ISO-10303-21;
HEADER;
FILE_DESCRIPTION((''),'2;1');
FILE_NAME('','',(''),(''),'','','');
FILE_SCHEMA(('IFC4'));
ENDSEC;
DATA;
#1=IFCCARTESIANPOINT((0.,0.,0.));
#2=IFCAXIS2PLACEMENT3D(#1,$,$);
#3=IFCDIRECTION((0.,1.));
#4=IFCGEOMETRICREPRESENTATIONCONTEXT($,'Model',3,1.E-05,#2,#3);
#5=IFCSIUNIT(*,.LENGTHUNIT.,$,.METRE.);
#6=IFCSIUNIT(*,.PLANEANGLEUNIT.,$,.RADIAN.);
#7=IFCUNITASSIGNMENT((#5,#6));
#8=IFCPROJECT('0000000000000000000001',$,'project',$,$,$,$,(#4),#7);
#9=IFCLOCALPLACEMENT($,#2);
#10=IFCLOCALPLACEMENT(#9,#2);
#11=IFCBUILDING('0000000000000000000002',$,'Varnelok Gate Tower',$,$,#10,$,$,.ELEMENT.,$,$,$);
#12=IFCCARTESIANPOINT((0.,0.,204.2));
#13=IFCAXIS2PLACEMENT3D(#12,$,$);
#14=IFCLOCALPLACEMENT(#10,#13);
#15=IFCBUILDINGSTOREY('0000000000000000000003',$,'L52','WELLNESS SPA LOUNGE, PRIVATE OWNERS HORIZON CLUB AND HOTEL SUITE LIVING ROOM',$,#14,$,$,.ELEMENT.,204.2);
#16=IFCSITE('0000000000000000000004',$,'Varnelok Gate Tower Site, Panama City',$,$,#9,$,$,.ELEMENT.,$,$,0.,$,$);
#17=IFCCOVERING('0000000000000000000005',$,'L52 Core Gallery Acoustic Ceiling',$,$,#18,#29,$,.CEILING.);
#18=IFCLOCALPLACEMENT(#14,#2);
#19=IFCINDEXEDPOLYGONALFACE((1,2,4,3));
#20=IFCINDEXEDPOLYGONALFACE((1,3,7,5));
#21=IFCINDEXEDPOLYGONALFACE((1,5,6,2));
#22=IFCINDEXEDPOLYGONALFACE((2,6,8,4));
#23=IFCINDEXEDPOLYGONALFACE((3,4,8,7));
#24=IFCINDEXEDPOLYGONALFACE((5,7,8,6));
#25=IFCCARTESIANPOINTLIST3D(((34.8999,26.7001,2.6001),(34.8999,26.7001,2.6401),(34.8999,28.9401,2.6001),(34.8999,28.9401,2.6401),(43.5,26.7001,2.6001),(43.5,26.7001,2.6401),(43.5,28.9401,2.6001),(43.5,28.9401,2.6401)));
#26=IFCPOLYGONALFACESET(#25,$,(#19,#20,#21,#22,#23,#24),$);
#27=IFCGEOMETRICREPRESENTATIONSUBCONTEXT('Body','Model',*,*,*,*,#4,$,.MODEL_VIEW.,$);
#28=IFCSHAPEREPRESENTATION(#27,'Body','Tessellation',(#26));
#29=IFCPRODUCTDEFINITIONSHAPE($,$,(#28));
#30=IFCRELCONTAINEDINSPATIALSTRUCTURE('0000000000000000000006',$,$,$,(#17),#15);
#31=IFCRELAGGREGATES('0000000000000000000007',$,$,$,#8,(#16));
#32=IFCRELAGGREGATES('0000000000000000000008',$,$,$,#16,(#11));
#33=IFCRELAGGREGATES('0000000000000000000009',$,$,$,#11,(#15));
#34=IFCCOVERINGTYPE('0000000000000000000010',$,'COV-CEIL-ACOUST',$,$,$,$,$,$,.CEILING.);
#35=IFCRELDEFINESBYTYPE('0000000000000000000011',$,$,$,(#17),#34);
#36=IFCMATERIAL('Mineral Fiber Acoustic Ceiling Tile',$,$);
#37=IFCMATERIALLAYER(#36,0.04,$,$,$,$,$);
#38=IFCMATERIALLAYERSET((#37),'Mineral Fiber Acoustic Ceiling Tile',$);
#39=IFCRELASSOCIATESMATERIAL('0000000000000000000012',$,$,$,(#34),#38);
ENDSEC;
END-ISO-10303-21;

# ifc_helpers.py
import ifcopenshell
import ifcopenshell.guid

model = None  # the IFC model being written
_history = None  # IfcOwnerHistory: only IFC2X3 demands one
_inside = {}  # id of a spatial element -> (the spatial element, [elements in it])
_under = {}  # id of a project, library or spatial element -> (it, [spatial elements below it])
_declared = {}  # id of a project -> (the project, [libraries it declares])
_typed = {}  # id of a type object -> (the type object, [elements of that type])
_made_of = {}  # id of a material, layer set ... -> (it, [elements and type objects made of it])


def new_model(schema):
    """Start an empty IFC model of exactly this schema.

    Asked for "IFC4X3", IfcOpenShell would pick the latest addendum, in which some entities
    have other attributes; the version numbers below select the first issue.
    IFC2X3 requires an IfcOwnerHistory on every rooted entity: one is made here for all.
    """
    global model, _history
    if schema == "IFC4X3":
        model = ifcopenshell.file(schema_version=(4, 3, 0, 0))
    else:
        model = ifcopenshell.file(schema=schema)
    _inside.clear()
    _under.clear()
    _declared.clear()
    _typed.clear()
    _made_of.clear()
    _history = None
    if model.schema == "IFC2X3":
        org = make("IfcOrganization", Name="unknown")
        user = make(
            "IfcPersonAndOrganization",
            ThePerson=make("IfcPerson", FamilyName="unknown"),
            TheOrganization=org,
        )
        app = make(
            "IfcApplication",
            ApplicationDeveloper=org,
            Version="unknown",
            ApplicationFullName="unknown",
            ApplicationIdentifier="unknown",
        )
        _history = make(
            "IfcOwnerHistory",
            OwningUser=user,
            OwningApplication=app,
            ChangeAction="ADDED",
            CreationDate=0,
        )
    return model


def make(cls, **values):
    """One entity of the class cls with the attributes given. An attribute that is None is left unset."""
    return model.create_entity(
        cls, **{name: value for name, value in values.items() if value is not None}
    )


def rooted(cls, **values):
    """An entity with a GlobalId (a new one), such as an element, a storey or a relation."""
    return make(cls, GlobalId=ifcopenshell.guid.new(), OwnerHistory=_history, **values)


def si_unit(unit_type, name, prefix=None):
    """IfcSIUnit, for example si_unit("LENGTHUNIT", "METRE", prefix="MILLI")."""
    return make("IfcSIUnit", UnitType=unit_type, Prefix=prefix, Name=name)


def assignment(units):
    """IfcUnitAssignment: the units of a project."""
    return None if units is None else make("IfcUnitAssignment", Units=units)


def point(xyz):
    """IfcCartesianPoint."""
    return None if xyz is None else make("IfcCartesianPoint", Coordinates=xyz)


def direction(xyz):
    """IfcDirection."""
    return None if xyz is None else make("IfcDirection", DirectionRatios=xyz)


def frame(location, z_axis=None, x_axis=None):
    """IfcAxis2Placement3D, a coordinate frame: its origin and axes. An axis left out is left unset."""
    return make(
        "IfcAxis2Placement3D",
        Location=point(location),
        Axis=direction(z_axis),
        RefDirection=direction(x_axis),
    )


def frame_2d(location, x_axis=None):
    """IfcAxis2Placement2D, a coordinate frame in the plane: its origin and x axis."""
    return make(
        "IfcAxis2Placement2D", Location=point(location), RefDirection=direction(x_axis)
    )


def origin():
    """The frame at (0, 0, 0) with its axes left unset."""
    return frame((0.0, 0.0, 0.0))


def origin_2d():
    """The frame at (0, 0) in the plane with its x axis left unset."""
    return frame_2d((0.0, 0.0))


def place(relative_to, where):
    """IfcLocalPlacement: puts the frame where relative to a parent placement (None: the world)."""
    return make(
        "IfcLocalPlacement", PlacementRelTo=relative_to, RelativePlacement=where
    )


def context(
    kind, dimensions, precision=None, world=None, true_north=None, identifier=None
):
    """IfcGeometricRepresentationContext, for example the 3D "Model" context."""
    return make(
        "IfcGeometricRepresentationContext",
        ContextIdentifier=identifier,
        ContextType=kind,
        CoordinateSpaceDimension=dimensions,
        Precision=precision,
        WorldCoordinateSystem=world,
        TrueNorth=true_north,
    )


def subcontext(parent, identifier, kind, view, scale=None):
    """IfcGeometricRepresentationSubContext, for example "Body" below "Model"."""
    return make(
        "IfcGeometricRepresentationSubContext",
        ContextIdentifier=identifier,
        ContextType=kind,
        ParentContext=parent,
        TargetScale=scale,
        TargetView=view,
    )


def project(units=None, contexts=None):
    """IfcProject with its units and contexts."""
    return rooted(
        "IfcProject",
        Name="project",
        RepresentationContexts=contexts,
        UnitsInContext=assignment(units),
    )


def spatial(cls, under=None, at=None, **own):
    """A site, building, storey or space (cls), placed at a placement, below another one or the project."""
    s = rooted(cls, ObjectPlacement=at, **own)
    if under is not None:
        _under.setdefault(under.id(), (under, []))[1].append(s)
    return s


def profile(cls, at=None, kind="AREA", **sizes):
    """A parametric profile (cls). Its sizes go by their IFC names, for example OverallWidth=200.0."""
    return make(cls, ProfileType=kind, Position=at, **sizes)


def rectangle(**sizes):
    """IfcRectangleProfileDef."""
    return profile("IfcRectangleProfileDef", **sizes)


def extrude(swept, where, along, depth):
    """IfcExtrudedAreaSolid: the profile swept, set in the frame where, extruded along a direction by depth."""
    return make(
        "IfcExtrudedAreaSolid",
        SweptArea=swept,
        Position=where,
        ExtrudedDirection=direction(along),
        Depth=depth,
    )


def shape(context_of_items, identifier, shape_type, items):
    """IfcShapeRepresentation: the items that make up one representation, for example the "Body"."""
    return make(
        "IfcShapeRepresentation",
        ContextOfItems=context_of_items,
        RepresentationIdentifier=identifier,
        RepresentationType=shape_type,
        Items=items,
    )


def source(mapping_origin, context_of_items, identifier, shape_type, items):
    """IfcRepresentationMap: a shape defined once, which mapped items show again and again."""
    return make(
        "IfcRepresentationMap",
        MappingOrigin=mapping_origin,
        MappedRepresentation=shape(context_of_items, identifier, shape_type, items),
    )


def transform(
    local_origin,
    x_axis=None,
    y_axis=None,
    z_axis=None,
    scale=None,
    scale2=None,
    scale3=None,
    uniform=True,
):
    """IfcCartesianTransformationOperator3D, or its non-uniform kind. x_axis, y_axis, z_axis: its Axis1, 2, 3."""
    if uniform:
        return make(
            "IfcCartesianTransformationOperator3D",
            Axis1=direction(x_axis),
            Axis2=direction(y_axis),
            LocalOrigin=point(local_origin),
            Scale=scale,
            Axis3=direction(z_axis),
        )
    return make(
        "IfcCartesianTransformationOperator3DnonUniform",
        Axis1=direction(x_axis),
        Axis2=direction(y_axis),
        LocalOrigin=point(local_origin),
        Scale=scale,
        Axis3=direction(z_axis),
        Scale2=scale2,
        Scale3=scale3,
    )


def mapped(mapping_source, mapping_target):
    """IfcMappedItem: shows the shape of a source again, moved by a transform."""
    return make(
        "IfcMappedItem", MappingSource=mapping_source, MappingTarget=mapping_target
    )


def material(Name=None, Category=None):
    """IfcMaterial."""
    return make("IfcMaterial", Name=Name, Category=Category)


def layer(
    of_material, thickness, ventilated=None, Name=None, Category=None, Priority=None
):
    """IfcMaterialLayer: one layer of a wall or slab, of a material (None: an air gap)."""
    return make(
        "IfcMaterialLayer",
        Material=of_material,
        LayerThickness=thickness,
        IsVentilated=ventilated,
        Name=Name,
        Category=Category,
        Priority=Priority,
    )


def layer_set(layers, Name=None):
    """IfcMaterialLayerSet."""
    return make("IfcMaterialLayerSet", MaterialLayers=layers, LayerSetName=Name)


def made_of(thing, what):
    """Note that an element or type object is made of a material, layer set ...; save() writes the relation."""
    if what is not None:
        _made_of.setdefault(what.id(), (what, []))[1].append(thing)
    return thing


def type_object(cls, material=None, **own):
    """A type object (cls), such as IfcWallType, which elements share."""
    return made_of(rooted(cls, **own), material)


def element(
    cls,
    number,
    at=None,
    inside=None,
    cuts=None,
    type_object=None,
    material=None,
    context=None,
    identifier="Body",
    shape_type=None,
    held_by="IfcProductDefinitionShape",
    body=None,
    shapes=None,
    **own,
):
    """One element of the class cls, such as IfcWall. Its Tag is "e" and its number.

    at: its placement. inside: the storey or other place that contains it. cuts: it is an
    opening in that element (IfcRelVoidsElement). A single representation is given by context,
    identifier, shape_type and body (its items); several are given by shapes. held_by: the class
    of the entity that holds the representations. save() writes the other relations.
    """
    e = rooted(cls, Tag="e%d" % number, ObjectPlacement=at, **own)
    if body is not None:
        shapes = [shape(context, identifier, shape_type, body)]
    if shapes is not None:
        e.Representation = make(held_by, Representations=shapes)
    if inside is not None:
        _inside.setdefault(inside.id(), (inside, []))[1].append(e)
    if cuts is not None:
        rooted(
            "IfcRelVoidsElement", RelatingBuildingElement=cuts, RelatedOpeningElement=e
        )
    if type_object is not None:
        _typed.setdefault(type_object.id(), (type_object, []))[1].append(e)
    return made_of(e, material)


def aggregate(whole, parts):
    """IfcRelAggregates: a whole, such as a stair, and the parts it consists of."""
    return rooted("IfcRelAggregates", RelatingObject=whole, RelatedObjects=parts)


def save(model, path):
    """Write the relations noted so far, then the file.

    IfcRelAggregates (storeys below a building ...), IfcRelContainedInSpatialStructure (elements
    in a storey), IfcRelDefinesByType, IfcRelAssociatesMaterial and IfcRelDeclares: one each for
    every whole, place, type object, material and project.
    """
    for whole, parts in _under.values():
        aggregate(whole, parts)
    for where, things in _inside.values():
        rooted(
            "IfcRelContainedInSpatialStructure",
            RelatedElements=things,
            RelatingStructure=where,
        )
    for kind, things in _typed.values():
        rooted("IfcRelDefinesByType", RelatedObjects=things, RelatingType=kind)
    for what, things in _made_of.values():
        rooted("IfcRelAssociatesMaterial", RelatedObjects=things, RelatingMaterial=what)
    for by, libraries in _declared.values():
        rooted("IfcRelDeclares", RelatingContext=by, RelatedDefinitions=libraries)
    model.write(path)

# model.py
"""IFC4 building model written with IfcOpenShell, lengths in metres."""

from ifc_helpers import new_model, si_unit, direction, frame, origin, origin_2d, place, context, subcontext, project, spatial, rectangle, extrude, source, transform, mapped, material, layer, layer_set, type_object, element, save


model = new_model("IFC4")

# Units and contexts
model_context = context("Model", 3, precision=1e-05, world=origin(), true_north=direction((0.0, 1.0)))
body_context = subcontext(model_context, "Body", "Model", "MODEL_VIEW")
ifc_project = project(units=[si_unit("LENGTHUNIT", "METRE"), si_unit("PLANEANGLEUNIT", "RADIAN")], contexts=[model_context])

# Site, building, storey
site_placement = place(None, origin())
site = spatial("IfcSite", under=ifc_project, at=site_placement, Name="Varnelok Gate Tower Site, Panama City", CompositionType="ELEMENT", RefElevation=0.0)
building_placement = place(site_placement, origin())
building = spatial("IfcBuilding", under=site, at=building_placement, Name="Varnelok Gate Tower", CompositionType="ELEMENT")
storey_placement = place(building_placement, frame((0.0, 0.0, 204.2)))
storey = spatial("IfcBuildingStorey", under=building, at=storey_placement, Name="L52", Description="WELLNESS SPA LOUNGE, PRIVATE OWNERS HORIZON CLUB AND HOTEL SUITE LIVING ROOM", CompositionType="ELEMENT", Elevation=204.2)

# Covering
ifc_material_1 = material(Name="Mineral Fiber Acoustic Ceiling Tile")
ifc_layer_1 = layer(ifc_material_1, 0.04)
ifc_layer_set_1 = layer_set([ifc_layer_1], Name="Mineral Fiber Acoustic Ceiling Tile")
covering_type_1 = type_object("IfcCoveringType", Name="COV-CEIL-ACOUST", PredefinedType="CEILING", material=ifc_layer_set_1)
shared_shape_1 = source(origin(), body_context, "Body", "SweptSolid", [
    extrude(rectangle(XDim=8.6001, YDim=2.24, at=origin_2d()), origin(), (0.0, 0.0, 1.0), 0.04),
])
covering_1_placement = place(storey_placement, frame((39.2, 27.8201, 2.6001), z_axis=(0.0, 0.0, 1.0), x_axis=(1.0, 0.0, 0.0)))
element("IfcCovering", 1, at=covering_1_placement, inside=storey, type_object=covering_type_1, Name="L52 Core Gallery Acoustic Ceiling", PredefinedType="CEILING", context=body_context, shape_type="MappedRepresentation", body=[
    mapped(shared_shape_1, transform((0.0, 0.0, 0.0), scale=1.0)),
])

save(model, "model.ifc")
